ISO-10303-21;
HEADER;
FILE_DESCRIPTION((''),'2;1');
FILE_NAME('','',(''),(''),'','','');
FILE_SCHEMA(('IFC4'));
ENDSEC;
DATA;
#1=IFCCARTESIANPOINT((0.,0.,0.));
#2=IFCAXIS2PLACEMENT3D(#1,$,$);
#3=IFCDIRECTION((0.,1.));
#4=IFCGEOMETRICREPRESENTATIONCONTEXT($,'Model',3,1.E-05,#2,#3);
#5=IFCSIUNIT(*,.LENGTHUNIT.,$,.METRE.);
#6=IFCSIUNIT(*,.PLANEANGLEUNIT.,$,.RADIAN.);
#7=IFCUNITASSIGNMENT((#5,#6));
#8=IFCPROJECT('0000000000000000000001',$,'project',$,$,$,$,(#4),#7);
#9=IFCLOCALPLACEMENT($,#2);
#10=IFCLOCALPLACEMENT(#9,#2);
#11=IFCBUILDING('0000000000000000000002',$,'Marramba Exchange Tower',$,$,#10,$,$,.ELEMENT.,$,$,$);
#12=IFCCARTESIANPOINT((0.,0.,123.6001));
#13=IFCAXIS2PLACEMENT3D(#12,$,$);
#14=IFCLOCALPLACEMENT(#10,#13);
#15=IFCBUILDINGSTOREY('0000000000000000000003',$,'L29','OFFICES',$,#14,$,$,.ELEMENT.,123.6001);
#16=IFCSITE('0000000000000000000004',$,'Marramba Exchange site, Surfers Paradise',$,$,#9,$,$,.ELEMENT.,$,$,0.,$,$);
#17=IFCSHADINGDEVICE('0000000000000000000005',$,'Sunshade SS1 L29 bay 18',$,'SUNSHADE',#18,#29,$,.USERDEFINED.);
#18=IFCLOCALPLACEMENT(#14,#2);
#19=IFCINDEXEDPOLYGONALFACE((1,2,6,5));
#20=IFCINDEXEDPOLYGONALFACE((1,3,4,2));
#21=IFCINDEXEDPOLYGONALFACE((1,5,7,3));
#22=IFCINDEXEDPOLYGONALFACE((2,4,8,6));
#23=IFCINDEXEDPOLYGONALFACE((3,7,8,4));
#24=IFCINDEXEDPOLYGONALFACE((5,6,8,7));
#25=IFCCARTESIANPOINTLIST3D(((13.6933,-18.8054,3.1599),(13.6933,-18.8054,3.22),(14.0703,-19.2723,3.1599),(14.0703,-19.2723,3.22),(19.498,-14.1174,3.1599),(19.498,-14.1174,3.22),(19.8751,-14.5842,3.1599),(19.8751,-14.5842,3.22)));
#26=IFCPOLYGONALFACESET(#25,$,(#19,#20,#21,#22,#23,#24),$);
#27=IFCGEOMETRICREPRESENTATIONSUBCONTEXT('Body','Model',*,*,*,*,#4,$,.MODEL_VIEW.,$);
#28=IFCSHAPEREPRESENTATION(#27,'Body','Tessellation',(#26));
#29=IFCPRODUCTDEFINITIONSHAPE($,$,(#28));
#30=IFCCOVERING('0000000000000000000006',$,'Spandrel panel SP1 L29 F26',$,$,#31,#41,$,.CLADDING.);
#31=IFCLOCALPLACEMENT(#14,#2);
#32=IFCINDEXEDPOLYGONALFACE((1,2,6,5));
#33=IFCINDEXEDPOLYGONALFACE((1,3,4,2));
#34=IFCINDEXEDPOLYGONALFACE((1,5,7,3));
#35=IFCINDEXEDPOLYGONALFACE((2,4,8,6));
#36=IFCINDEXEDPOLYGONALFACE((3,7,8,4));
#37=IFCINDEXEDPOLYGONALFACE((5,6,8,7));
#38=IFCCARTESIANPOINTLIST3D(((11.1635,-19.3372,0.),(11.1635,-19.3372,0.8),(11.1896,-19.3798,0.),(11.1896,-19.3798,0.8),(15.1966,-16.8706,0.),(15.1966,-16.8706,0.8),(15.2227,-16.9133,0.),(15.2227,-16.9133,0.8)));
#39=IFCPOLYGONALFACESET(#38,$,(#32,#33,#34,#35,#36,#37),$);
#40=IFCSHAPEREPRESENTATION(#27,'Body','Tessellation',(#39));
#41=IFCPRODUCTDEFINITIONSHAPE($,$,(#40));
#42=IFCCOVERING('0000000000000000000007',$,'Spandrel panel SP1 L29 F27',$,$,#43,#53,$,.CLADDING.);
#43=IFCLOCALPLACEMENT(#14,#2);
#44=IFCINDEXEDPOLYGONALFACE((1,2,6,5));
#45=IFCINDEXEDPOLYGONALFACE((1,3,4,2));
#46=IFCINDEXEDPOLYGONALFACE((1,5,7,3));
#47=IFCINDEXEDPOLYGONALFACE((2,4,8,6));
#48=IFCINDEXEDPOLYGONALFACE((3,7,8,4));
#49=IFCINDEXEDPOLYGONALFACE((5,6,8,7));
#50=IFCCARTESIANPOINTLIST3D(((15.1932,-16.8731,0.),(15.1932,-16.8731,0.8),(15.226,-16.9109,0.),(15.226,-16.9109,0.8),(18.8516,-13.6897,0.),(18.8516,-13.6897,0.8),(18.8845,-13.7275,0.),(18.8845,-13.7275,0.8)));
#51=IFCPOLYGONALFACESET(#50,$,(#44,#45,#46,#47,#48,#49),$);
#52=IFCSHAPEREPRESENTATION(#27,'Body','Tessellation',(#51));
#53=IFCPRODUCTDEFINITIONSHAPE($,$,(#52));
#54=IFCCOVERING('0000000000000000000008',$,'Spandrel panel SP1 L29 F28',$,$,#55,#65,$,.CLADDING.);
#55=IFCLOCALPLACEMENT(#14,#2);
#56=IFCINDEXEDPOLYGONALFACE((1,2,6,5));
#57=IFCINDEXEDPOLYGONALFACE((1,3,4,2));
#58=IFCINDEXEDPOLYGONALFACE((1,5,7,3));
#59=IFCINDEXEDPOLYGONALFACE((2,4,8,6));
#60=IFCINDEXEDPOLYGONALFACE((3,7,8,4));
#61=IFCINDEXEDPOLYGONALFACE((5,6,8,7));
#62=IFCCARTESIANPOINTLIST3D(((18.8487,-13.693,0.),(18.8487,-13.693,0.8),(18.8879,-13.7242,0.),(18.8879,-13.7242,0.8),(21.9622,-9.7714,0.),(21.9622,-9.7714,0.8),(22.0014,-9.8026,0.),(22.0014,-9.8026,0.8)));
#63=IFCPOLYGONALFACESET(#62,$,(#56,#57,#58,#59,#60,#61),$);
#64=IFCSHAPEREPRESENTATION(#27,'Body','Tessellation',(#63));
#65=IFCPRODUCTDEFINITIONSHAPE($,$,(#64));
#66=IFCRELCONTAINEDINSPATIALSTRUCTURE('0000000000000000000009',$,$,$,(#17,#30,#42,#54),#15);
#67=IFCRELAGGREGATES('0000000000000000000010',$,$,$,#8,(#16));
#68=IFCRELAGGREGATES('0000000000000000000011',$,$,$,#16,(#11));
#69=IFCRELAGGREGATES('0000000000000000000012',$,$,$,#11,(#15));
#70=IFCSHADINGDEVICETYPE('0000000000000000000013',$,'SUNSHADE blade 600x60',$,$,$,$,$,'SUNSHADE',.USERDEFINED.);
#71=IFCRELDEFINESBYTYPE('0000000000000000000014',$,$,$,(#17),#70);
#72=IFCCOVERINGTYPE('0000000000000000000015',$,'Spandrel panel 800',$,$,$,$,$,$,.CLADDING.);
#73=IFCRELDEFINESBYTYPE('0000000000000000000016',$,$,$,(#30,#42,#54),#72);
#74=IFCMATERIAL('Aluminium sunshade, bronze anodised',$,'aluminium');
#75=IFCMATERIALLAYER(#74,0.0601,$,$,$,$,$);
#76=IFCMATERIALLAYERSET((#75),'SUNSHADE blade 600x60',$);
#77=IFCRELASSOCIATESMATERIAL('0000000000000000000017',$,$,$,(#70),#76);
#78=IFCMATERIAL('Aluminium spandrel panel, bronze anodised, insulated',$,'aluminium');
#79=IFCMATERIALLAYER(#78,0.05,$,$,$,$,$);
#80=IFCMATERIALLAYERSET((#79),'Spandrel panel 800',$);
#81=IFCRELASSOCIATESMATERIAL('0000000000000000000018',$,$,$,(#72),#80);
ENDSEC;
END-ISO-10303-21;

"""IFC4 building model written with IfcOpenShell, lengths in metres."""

from ifc_helpers import new_model, si_unit, direction, frame, origin, origin_2d, place, context, subcontext, project, spatial, rectangle, extrude, material, layer, layer_set, type_object, element, save


model = new_model("IFC4")

# Units and contexts
model_context = context("Model", 3, precision=1e-05, world=origin(), true_north=direction((0.0, 1.0)))
body_context = subcontext(model_context, "Body", "Model", "MODEL_VIEW")
ifc_project = project(units=[si_unit("LENGTHUNIT", "METRE"), si_unit("PLANEANGLEUNIT", "RADIAN")], contexts=[model_context])

# Site, building, storey
site_placement = place(None, origin())
site = spatial("IfcSite", under=ifc_project, at=site_placement, Name="Marramba Exchange site, Surfers Paradise", CompositionType="ELEMENT", RefElevation=0.0)
building_placement = place(site_placement, origin())
building = spatial("IfcBuilding", under=site, at=building_placement, Name="Marramba Exchange Tower", CompositionType="ELEMENT")
storey_placement = place(building_placement, frame((0.0, 0.0, 123.6001)))
storey = spatial("IfcBuildingStorey", under=building, at=storey_placement, Name="L29", Description="OFFICES", CompositionType="ELEMENT", Elevation=123.6001)

# Shading device
ifc_material_1 = material(Name="Aluminium sunshade, bronze anodised", Category="aluminium")
ifc_layer_1 = layer(ifc_material_1, 0.0601)
ifc_layer_set_1 = layer_set([ifc_layer_1], Name="SUNSHADE blade 600x60")
shading_device_type_1 = type_object("IfcShadingDeviceType", Name="SUNSHADE blade 600x60", ElementType="SUNSHADE", PredefinedType="USERDEFINED", material=ifc_layer_set_1)
shading_device_placement = place(storey_placement, frame((16.7842, -16.6948, 3.1599), z_axis=(0.0, 0.0, 1.0), x_axis=(0.777962, 0.628311, 0.0)))
element("IfcShadingDevice", 1, at=shading_device_placement, inside=storey, type_object=shading_device_type_1, Name="Sunshade SS1 L29 bay 18", ObjectType="SUNSHADE", PredefinedType="USERDEFINED", context=body_context, shape_type="SweptSolid", body=[
    extrude(rectangle(XDim=7.4614, YDim=0.6001, at=origin_2d()), origin(), (0.0, 0.0, 1.0), 0.0601),
])

# Coverings
ifc_material_2 = material(Name="Aluminium spandrel panel, bronze anodised, insulated", Category="aluminium")
ifc_layer_2 = layer(ifc_material_2, 0.05)
ifc_layer_set_2 = layer_set([ifc_layer_2], Name="Spandrel panel 800")
covering_type = type_object("IfcCoveringType", Name="Spandrel panel 800", PredefinedType="CLADDING", material=ifc_layer_set_2)
covering_1_placement = place(storey_placement, frame((13.1931, -18.1252, 0.0), z_axis=(0.0, 0.0, 1.0), x_axis=(0.853109, 0.521733, 0.0)))
element("IfcCovering", 2, at=covering_1_placement, inside=storey, type_object=covering_type, Name="Spandrel panel SP1 L29 F26", PredefinedType="CLADDING", context=body_context, shape_type="SweptSolid", body=[
    extrude(rectangle(XDim=4.7275, YDim=0.05, at=origin_2d()), origin(), (0.0, 0.0, 1.0), 0.8),
])
covering_2_placement = place(storey_placement, frame((17.0388, -15.3003, 0.0), z_axis=(0.0, 0.0, 1.0), x_axis=(0.754386, 0.656432, 0.0)))
element("IfcCovering", 3, at=covering_2_placement, inside=storey, type_object=covering_type, Name="Spandrel panel SP1 L29 F27", PredefinedType="CLADDING", context=body_context, shape_type="SweptSolid", body=[
    extrude(rectangle(XDim=4.8496, YDim=0.05, at=origin_2d()), origin(), (0.0, 0.0, 1.0), 0.8),
])
covering_3_placement = place(storey_placement, frame((20.425, -11.7478, 0.0), z_axis=(0.0, 0.0, 1.0), x_axis=(0.621807, 0.78317, 0.0)))
element("IfcCovering", 4, at=covering_3_placement, inside=storey, type_object=covering_type, Name="Spandrel panel SP1 L29 F28", PredefinedType="CLADDING", context=body_context, shape_type="SweptSolid", body=[
    extrude(rectangle(XDim=5.0073, YDim=0.05, at=origin_2d()), origin(), (0.0, 0.0, 1.0), 0.8),
])

save(model, "model.ifc")
